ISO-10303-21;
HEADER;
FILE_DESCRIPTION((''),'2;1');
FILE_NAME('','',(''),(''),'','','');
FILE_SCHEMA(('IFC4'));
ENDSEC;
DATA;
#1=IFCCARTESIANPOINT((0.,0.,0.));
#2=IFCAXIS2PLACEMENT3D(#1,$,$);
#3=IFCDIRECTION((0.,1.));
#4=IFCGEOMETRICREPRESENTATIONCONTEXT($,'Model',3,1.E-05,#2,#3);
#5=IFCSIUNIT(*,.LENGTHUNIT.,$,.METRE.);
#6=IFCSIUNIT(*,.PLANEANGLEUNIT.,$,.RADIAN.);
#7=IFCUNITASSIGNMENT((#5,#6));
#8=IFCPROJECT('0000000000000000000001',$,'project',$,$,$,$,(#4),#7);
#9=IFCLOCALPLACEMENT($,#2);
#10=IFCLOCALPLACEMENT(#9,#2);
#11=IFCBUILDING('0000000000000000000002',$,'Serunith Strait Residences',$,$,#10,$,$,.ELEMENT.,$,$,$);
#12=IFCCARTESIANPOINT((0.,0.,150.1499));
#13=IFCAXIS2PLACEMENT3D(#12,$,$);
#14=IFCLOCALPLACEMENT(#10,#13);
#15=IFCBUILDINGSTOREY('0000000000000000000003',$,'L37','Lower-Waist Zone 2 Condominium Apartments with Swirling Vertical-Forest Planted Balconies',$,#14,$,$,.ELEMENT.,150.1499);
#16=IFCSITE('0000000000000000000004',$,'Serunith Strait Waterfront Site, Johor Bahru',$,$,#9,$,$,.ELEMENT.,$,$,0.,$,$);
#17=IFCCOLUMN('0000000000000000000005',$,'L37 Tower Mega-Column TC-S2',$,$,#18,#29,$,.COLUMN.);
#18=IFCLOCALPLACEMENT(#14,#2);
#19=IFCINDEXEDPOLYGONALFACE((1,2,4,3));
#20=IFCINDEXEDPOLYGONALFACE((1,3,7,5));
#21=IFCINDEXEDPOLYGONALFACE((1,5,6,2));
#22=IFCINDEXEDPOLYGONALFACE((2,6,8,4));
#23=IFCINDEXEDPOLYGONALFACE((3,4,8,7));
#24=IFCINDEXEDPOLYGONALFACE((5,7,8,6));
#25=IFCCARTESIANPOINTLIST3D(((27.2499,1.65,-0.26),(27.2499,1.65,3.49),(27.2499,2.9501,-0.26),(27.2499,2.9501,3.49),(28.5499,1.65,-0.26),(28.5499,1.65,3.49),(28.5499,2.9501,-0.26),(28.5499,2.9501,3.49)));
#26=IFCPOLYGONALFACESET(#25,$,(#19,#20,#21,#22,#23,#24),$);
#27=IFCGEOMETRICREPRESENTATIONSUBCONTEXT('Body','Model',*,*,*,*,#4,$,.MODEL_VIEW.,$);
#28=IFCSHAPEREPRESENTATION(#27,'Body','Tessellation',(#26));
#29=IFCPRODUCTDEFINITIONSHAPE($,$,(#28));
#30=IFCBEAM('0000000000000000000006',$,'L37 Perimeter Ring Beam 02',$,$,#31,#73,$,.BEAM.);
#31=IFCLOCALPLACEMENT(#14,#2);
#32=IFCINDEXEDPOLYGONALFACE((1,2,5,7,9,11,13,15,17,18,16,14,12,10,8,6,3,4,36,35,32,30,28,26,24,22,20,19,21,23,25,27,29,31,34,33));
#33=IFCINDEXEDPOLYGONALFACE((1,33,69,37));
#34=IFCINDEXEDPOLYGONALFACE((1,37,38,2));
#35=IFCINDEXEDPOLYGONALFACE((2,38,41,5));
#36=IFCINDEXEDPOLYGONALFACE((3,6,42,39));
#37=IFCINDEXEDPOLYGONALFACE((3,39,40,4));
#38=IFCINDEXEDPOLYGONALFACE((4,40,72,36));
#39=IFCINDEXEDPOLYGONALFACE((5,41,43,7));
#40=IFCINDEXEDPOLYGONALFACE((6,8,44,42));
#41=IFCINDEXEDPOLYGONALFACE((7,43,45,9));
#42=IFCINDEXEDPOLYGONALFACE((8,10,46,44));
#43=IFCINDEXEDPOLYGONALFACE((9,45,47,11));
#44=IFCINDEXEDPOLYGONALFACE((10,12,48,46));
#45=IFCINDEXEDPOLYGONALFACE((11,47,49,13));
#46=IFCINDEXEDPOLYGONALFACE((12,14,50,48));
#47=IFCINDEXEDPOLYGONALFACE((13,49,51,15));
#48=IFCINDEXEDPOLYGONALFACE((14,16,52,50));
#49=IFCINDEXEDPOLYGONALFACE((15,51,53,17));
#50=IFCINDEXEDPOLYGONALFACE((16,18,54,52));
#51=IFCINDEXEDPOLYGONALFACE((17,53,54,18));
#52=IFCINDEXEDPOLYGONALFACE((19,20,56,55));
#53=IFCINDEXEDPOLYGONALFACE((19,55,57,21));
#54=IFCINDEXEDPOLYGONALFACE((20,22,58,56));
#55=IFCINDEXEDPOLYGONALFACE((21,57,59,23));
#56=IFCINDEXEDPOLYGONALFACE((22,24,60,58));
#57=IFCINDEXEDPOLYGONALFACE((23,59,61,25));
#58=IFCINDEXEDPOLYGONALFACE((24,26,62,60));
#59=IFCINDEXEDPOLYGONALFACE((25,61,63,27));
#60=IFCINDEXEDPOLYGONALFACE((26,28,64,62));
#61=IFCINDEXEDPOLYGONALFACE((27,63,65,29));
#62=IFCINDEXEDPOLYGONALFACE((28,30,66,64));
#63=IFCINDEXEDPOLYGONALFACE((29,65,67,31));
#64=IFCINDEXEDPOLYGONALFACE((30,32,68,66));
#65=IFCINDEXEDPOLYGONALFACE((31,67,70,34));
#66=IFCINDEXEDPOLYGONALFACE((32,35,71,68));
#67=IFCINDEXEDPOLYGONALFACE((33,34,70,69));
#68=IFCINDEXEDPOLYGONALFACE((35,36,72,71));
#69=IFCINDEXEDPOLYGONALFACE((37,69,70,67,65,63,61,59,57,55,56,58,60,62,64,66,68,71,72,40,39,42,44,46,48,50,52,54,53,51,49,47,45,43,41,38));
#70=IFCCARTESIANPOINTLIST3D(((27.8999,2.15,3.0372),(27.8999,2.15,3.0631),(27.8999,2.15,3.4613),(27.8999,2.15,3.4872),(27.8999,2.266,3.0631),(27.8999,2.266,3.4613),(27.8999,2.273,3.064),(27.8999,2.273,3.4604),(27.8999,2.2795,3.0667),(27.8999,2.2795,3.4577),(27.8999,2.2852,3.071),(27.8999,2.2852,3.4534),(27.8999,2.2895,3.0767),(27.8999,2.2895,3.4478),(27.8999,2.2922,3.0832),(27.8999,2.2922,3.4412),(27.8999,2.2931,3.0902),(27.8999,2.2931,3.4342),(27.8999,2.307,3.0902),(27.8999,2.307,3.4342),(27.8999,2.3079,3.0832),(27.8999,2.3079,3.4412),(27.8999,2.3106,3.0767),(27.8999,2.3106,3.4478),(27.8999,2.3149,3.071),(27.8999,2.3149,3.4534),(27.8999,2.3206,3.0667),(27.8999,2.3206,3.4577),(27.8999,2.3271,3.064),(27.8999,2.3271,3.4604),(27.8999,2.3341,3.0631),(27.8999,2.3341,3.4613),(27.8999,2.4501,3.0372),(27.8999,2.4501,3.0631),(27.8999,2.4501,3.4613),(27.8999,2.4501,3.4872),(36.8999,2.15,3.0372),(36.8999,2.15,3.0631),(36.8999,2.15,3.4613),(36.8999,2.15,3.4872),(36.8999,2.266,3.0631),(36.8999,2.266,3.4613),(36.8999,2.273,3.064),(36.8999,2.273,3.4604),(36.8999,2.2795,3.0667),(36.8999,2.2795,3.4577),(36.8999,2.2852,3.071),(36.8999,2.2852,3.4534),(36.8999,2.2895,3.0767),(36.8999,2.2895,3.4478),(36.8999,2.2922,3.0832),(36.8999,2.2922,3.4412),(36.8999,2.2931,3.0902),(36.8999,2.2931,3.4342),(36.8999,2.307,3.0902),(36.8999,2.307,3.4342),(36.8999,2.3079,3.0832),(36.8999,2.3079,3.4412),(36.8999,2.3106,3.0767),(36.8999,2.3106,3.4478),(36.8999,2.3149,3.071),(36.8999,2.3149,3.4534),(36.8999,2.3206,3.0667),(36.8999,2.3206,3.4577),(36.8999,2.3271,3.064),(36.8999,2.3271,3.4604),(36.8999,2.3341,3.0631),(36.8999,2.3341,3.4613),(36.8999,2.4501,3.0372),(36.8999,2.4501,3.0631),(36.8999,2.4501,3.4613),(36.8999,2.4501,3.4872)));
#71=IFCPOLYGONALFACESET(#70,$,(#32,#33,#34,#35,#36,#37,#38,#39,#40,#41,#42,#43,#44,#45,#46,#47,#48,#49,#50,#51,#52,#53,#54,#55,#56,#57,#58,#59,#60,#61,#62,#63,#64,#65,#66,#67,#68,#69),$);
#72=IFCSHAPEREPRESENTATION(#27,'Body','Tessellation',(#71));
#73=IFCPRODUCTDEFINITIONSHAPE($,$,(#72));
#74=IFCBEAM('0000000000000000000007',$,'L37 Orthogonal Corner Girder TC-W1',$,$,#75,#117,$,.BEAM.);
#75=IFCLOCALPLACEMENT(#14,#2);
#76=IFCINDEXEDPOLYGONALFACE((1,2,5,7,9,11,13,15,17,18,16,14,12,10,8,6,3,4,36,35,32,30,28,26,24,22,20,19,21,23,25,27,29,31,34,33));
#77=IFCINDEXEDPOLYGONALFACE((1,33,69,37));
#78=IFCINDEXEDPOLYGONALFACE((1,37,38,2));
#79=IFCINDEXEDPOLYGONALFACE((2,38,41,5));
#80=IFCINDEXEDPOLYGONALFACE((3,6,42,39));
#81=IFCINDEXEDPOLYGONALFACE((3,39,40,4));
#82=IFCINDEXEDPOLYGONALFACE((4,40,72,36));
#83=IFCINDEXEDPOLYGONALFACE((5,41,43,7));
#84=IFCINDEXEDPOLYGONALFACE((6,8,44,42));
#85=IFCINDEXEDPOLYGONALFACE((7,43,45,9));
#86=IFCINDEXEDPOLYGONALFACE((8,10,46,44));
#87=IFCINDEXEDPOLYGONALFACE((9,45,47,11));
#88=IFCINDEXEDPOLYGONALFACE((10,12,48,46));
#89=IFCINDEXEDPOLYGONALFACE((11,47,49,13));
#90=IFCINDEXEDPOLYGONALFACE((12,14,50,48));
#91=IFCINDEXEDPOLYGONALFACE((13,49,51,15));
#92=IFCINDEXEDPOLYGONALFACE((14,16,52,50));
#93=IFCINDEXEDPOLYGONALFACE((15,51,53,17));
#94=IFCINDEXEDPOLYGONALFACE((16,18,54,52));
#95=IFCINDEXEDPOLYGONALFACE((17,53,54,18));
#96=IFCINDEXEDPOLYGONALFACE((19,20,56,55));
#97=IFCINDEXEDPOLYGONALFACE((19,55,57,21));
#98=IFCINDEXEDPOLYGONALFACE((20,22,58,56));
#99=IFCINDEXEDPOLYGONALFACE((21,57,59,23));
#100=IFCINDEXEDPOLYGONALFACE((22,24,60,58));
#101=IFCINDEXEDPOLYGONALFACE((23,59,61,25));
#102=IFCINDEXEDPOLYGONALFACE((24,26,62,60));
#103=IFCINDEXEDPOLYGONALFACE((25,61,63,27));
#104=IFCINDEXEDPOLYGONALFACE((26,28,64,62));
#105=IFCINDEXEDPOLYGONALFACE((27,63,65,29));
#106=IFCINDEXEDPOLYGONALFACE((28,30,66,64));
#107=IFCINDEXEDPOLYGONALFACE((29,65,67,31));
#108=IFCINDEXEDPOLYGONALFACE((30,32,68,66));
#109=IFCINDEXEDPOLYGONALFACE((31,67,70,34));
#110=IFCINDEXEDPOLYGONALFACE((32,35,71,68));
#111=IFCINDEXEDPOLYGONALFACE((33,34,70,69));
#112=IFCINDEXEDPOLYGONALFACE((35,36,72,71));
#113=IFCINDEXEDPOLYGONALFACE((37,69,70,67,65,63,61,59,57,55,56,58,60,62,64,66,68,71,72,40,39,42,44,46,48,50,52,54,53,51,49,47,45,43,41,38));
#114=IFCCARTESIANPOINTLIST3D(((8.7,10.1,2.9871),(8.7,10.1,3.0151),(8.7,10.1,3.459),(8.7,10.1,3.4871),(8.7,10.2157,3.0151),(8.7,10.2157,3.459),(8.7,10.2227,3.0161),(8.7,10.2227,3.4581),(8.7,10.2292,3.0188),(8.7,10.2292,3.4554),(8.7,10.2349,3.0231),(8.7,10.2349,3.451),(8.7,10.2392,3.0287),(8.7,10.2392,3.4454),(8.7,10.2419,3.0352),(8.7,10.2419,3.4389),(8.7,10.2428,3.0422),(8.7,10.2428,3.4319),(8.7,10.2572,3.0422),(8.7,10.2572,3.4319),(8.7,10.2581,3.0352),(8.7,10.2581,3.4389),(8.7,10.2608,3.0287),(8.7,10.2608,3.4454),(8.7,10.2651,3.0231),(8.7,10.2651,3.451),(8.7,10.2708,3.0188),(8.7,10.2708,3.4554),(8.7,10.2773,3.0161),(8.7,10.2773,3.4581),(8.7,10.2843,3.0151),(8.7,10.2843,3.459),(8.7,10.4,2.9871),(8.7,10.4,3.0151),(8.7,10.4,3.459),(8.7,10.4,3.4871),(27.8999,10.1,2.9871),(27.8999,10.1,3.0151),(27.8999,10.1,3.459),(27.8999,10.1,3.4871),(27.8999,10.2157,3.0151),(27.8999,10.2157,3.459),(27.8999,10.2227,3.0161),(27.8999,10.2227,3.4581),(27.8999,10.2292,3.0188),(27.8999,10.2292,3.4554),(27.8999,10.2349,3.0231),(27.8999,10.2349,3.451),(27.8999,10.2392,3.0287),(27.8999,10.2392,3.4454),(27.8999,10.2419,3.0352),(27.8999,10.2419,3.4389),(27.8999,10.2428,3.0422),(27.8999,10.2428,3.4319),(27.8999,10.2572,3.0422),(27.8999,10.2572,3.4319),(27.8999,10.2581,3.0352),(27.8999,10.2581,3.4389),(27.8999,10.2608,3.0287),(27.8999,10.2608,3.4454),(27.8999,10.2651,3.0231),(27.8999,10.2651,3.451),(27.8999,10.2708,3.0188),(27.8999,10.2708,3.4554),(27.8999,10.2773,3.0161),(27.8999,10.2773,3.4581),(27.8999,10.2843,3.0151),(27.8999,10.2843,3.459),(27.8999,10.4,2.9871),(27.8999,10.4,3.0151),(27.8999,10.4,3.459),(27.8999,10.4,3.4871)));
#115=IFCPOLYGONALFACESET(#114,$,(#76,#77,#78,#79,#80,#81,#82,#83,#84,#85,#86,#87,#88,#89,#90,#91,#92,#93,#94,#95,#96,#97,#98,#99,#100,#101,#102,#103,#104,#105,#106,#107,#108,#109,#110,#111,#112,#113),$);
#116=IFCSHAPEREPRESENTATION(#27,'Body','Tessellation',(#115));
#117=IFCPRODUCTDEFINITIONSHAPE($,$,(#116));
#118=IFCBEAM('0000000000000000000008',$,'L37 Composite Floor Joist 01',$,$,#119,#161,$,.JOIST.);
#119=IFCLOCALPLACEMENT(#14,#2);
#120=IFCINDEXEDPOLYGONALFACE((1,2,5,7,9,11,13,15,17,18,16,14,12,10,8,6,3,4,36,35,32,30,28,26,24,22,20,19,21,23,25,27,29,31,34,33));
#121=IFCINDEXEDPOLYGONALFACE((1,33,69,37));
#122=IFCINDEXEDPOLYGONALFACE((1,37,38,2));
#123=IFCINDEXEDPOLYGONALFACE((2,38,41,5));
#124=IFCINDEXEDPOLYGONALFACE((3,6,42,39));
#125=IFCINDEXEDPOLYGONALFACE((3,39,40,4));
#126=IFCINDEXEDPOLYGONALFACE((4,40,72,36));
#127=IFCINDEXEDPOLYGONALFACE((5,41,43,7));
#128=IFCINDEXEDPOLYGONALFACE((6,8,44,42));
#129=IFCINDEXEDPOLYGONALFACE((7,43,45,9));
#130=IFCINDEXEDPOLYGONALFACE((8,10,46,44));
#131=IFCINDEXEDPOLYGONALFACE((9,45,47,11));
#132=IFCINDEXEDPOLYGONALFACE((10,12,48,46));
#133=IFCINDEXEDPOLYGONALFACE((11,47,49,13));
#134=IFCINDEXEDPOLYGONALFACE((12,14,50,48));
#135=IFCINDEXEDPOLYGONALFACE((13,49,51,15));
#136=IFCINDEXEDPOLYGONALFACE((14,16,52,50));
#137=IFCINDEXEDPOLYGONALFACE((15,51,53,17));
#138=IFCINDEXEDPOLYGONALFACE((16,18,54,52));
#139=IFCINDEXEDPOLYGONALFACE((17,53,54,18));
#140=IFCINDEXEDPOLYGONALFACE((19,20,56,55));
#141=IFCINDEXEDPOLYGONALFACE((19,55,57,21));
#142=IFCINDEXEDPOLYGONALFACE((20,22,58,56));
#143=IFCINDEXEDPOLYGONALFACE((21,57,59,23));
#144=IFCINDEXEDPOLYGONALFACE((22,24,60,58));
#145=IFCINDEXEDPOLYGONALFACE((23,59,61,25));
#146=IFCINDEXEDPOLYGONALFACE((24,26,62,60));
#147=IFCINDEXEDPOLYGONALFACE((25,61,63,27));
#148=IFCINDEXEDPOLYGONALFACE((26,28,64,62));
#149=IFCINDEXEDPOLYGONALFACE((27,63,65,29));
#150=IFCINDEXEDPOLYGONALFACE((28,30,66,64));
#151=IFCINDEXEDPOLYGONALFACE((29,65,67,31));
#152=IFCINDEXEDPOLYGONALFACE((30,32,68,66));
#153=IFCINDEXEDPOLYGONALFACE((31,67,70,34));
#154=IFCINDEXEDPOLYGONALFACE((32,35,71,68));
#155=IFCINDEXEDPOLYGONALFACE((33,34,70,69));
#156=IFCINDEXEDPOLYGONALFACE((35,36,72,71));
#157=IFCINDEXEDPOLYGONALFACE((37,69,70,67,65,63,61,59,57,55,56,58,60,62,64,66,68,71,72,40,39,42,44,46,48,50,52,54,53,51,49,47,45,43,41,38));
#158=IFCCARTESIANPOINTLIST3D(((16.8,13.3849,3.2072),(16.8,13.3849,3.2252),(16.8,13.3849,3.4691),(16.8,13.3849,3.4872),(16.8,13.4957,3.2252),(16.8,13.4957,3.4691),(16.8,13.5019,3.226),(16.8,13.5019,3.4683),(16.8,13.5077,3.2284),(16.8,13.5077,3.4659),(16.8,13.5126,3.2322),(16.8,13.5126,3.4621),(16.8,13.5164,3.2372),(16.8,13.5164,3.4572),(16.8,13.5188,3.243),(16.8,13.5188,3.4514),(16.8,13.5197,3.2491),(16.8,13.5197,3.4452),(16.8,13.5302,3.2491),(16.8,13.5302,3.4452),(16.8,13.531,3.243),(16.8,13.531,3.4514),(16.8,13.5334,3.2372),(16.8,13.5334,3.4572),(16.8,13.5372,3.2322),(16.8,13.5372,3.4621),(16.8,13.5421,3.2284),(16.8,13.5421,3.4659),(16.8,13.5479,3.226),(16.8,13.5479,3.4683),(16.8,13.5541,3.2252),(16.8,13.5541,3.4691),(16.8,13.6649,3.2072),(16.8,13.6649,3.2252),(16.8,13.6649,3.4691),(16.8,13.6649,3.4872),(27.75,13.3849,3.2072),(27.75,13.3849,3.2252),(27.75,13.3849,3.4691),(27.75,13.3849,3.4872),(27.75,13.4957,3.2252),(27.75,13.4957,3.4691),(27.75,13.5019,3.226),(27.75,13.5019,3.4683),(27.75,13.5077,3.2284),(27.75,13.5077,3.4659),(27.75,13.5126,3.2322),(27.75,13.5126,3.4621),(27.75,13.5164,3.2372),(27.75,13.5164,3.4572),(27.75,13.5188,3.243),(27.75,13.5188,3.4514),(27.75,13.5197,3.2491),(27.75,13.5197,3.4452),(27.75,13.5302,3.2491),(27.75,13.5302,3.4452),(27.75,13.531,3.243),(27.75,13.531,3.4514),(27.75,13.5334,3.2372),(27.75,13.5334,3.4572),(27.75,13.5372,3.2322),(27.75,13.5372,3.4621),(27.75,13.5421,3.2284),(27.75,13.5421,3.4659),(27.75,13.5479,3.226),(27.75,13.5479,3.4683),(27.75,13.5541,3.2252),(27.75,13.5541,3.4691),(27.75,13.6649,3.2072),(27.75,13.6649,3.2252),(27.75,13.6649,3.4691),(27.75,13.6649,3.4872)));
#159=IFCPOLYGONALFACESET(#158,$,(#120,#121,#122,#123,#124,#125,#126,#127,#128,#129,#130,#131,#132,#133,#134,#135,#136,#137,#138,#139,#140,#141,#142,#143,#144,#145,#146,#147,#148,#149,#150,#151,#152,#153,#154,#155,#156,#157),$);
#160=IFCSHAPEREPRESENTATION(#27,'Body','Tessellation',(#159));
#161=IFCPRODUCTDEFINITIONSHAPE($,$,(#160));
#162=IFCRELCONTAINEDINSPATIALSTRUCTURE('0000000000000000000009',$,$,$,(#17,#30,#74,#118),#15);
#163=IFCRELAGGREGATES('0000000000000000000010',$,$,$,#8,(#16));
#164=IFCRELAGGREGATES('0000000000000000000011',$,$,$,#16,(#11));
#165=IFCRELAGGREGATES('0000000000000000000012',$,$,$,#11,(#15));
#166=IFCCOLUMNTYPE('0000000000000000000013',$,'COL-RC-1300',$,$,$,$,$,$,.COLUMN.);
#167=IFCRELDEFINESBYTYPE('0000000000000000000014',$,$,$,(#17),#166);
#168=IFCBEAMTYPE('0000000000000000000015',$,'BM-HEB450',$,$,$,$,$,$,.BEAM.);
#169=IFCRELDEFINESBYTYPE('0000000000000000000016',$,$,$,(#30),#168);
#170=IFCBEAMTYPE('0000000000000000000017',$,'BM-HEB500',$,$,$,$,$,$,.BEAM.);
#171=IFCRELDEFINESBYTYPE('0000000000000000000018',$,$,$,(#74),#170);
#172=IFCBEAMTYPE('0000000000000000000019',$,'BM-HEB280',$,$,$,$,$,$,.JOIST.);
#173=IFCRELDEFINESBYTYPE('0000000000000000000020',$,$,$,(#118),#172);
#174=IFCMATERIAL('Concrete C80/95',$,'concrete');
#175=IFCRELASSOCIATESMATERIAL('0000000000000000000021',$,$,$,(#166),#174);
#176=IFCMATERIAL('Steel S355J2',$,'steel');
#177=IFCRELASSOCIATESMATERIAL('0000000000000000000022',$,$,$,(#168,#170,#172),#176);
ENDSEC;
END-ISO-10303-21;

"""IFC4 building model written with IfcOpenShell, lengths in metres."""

from ifc_helpers import new_model, si_unit, direction, frame, origin, origin_2d, place, context, subcontext, project, spatial, rectangle, i_section, extrude, source, transform, mapped, material, material_profile, profile_set, type_object, element, save


model = new_model("IFC4")

# Units and contexts
model_context = context("Model", 3, precision=1e-05, world=origin(), true_north=direction((0.0, 1.0)))
body_context = subcontext(model_context, "Body", "Model", "MODEL_VIEW")
ifc_project = project(units=[si_unit("LENGTHUNIT", "METRE"), si_unit("PLANEANGLEUNIT", "RADIAN")], contexts=[model_context])

# Site, building, storey
site_placement = place(None, origin())
site = spatial("IfcSite", under=ifc_project, at=site_placement, Name="Serunith Strait Waterfront Site, Johor Bahru", CompositionType="ELEMENT", RefElevation=0.0)
building_placement = place(site_placement, origin())
building = spatial("IfcBuilding", under=site, at=building_placement, Name="Serunith Strait Residences", CompositionType="ELEMENT")
storey_placement = place(building_placement, frame((0.0, 0.0, 150.1499)))
storey = spatial("IfcBuildingStorey", under=building, at=storey_placement, Name="L37", Description="Lower-Waist Zone 2 Condominium Apartments with Swirling Vertical-Forest Planted Balconies", CompositionType="ELEMENT", Elevation=150.1499)

# Column
ifc_material_1 = material(Name="Concrete C80/95", Category="concrete")
ifc_material_profile_1 = material_profile(ifc_material_1, rectangle(XDim=1.3, YDim=1.3, at=origin_2d()), Name="RC 1300x1300")
ifc_profile_set_1 = profile_set([ifc_material_profile_1], Name="Concrete C80/95")
column_type = type_object("IfcColumnType", Name="COL-RC-1300", PredefinedType="COLUMN", material=ifc_profile_set_1)
shared_shape_1 = source(origin(), body_context, "Body", "SweptSolid", [
    extrude(rectangle(XDim=1.3, YDim=1.3, at=origin_2d()), origin(), (0.0, 0.0, 1.0), 3.75),
])
column_placement = place(storey_placement, frame((27.8999, 2.3, -0.26), z_axis=(0.0, 0.0, 1.0), x_axis=(1.0, 0.0, 0.0)))
element("IfcColumn", 1, at=column_placement, inside=storey, type_object=column_type, Name="L37 Tower Mega-Column TC-S2", PredefinedType="COLUMN", context=body_context, shape_type="MappedRepresentation", body=[
    mapped(shared_shape_1, transform((0.0, 0.0, 0.0), scale=1.0)),
])

# Beams
ifc_material_2 = material(Name="Steel S355J2", Category="steel")
ifc_material_profile_2 = material_profile(ifc_material_2, i_section(OverallWidth=0.3, OverallDepth=0.45, WebThickness=0.0139, FlangeThickness=0.0259, FilletRadius=0.0271, at=origin_2d()), Name="HEB 450")
ifc_profile_set_2 = profile_set([ifc_material_profile_2], Name="Steel S355J2")
beam_type_1 = type_object("IfcBeamType", Name="BM-HEB450", PredefinedType="BEAM", material=ifc_profile_set_2)
shared_shape_2 = source(origin(), body_context, "Body", "SweptSolid", [
    extrude(i_section(OverallWidth=0.3, OverallDepth=0.45, WebThickness=0.0139, FlangeThickness=0.0259, FilletRadius=0.0271, at=origin_2d()), origin(), (0.0, 0.0, 1.0), 9.0),
])
beam_1_placement = place(storey_placement, frame((27.8999, 2.3, 3.2622), z_axis=(1.0, 0.0, 0.0), x_axis=(0.0, 1.0, 0.0)))
element("IfcBeam", 2, at=beam_1_placement, inside=storey, type_object=beam_type_1, Name="L37 Perimeter Ring Beam 02", PredefinedType="BEAM", context=body_context, shape_type="MappedRepresentation", body=[
    mapped(shared_shape_2, transform((0.0, 0.0, 0.0), scale=1.0)),
])
ifc_material_profile_3 = material_profile(ifc_material_2, i_section(OverallWidth=0.3, OverallDepth=0.5, WebThickness=0.0144, FlangeThickness=0.0281, FilletRadius=0.0271, at=origin_2d()), Name="HEB 500")
ifc_profile_set_3 = profile_set([ifc_material_profile_3], Name="Steel S355J2")
beam_type_2 = type_object("IfcBeamType", Name="BM-HEB500", PredefinedType="BEAM", material=ifc_profile_set_3)
shared_shape_3 = source(origin(), body_context, "Body", "SweptSolid", [
    extrude(i_section(OverallWidth=0.3, OverallDepth=0.5, WebThickness=0.0144, FlangeThickness=0.0281, FilletRadius=0.0271, at=origin_2d()), origin(), (0.0, 0.0, 1.0), 19.2),
])
beam_2_placement = place(storey_placement, frame((27.8999, 10.25, 3.2371), z_axis=(-1.0, 0.0, 0.0), x_axis=(0.0, -1.0, 0.0)))
element("IfcBeam", 3, at=beam_2_placement, inside=storey, type_object=beam_type_2, Name="L37 Orthogonal Corner Girder TC-W1", PredefinedType="BEAM", context=body_context, shape_type="MappedRepresentation", body=[
    mapped(shared_shape_3, transform((0.0, 0.0, 0.0), scale=1.0)),
])
ifc_material_profile_4 = material_profile(ifc_material_2, i_section(OverallWidth=0.28, OverallDepth=0.28, WebThickness=0.0105, FlangeThickness=0.0181, FilletRadius=0.0239, at=origin_2d()), Name="HEB 280")
ifc_profile_set_4 = profile_set([ifc_material_profile_4], Name="Steel S355J2")
beam_type_3 = type_object("IfcBeamType", Name="BM-HEB280", PredefinedType="JOIST", material=ifc_profile_set_4)
shared_shape_4 = source(origin(), body_context, "Body", "SweptSolid", [
    extrude(i_section(OverallWidth=0.28, OverallDepth=0.28, WebThickness=0.0105, FlangeThickness=0.0181, FilletRadius=0.0239, at=origin_2d()), origin(), (0.0, 0.0, 1.0), 10.95),
])
beam_3_placement = place(storey_placement, frame((16.8, 13.5249, 3.3472), z_axis=(1.0, 0.0, 0.0), x_axis=(0.0, 1.0, 0.0)))
element("IfcBeam", 4, at=beam_3_placement, inside=storey, type_object=beam_type_3, Name="L37 Composite Floor Joist 01", PredefinedType="JOIST", context=body_context, shape_type="MappedRepresentation", body=[
    mapped(shared_shape_4, transform((0.0, 0.0, 0.0), scale=1.0)),
])

save(model, "model.ifc")
